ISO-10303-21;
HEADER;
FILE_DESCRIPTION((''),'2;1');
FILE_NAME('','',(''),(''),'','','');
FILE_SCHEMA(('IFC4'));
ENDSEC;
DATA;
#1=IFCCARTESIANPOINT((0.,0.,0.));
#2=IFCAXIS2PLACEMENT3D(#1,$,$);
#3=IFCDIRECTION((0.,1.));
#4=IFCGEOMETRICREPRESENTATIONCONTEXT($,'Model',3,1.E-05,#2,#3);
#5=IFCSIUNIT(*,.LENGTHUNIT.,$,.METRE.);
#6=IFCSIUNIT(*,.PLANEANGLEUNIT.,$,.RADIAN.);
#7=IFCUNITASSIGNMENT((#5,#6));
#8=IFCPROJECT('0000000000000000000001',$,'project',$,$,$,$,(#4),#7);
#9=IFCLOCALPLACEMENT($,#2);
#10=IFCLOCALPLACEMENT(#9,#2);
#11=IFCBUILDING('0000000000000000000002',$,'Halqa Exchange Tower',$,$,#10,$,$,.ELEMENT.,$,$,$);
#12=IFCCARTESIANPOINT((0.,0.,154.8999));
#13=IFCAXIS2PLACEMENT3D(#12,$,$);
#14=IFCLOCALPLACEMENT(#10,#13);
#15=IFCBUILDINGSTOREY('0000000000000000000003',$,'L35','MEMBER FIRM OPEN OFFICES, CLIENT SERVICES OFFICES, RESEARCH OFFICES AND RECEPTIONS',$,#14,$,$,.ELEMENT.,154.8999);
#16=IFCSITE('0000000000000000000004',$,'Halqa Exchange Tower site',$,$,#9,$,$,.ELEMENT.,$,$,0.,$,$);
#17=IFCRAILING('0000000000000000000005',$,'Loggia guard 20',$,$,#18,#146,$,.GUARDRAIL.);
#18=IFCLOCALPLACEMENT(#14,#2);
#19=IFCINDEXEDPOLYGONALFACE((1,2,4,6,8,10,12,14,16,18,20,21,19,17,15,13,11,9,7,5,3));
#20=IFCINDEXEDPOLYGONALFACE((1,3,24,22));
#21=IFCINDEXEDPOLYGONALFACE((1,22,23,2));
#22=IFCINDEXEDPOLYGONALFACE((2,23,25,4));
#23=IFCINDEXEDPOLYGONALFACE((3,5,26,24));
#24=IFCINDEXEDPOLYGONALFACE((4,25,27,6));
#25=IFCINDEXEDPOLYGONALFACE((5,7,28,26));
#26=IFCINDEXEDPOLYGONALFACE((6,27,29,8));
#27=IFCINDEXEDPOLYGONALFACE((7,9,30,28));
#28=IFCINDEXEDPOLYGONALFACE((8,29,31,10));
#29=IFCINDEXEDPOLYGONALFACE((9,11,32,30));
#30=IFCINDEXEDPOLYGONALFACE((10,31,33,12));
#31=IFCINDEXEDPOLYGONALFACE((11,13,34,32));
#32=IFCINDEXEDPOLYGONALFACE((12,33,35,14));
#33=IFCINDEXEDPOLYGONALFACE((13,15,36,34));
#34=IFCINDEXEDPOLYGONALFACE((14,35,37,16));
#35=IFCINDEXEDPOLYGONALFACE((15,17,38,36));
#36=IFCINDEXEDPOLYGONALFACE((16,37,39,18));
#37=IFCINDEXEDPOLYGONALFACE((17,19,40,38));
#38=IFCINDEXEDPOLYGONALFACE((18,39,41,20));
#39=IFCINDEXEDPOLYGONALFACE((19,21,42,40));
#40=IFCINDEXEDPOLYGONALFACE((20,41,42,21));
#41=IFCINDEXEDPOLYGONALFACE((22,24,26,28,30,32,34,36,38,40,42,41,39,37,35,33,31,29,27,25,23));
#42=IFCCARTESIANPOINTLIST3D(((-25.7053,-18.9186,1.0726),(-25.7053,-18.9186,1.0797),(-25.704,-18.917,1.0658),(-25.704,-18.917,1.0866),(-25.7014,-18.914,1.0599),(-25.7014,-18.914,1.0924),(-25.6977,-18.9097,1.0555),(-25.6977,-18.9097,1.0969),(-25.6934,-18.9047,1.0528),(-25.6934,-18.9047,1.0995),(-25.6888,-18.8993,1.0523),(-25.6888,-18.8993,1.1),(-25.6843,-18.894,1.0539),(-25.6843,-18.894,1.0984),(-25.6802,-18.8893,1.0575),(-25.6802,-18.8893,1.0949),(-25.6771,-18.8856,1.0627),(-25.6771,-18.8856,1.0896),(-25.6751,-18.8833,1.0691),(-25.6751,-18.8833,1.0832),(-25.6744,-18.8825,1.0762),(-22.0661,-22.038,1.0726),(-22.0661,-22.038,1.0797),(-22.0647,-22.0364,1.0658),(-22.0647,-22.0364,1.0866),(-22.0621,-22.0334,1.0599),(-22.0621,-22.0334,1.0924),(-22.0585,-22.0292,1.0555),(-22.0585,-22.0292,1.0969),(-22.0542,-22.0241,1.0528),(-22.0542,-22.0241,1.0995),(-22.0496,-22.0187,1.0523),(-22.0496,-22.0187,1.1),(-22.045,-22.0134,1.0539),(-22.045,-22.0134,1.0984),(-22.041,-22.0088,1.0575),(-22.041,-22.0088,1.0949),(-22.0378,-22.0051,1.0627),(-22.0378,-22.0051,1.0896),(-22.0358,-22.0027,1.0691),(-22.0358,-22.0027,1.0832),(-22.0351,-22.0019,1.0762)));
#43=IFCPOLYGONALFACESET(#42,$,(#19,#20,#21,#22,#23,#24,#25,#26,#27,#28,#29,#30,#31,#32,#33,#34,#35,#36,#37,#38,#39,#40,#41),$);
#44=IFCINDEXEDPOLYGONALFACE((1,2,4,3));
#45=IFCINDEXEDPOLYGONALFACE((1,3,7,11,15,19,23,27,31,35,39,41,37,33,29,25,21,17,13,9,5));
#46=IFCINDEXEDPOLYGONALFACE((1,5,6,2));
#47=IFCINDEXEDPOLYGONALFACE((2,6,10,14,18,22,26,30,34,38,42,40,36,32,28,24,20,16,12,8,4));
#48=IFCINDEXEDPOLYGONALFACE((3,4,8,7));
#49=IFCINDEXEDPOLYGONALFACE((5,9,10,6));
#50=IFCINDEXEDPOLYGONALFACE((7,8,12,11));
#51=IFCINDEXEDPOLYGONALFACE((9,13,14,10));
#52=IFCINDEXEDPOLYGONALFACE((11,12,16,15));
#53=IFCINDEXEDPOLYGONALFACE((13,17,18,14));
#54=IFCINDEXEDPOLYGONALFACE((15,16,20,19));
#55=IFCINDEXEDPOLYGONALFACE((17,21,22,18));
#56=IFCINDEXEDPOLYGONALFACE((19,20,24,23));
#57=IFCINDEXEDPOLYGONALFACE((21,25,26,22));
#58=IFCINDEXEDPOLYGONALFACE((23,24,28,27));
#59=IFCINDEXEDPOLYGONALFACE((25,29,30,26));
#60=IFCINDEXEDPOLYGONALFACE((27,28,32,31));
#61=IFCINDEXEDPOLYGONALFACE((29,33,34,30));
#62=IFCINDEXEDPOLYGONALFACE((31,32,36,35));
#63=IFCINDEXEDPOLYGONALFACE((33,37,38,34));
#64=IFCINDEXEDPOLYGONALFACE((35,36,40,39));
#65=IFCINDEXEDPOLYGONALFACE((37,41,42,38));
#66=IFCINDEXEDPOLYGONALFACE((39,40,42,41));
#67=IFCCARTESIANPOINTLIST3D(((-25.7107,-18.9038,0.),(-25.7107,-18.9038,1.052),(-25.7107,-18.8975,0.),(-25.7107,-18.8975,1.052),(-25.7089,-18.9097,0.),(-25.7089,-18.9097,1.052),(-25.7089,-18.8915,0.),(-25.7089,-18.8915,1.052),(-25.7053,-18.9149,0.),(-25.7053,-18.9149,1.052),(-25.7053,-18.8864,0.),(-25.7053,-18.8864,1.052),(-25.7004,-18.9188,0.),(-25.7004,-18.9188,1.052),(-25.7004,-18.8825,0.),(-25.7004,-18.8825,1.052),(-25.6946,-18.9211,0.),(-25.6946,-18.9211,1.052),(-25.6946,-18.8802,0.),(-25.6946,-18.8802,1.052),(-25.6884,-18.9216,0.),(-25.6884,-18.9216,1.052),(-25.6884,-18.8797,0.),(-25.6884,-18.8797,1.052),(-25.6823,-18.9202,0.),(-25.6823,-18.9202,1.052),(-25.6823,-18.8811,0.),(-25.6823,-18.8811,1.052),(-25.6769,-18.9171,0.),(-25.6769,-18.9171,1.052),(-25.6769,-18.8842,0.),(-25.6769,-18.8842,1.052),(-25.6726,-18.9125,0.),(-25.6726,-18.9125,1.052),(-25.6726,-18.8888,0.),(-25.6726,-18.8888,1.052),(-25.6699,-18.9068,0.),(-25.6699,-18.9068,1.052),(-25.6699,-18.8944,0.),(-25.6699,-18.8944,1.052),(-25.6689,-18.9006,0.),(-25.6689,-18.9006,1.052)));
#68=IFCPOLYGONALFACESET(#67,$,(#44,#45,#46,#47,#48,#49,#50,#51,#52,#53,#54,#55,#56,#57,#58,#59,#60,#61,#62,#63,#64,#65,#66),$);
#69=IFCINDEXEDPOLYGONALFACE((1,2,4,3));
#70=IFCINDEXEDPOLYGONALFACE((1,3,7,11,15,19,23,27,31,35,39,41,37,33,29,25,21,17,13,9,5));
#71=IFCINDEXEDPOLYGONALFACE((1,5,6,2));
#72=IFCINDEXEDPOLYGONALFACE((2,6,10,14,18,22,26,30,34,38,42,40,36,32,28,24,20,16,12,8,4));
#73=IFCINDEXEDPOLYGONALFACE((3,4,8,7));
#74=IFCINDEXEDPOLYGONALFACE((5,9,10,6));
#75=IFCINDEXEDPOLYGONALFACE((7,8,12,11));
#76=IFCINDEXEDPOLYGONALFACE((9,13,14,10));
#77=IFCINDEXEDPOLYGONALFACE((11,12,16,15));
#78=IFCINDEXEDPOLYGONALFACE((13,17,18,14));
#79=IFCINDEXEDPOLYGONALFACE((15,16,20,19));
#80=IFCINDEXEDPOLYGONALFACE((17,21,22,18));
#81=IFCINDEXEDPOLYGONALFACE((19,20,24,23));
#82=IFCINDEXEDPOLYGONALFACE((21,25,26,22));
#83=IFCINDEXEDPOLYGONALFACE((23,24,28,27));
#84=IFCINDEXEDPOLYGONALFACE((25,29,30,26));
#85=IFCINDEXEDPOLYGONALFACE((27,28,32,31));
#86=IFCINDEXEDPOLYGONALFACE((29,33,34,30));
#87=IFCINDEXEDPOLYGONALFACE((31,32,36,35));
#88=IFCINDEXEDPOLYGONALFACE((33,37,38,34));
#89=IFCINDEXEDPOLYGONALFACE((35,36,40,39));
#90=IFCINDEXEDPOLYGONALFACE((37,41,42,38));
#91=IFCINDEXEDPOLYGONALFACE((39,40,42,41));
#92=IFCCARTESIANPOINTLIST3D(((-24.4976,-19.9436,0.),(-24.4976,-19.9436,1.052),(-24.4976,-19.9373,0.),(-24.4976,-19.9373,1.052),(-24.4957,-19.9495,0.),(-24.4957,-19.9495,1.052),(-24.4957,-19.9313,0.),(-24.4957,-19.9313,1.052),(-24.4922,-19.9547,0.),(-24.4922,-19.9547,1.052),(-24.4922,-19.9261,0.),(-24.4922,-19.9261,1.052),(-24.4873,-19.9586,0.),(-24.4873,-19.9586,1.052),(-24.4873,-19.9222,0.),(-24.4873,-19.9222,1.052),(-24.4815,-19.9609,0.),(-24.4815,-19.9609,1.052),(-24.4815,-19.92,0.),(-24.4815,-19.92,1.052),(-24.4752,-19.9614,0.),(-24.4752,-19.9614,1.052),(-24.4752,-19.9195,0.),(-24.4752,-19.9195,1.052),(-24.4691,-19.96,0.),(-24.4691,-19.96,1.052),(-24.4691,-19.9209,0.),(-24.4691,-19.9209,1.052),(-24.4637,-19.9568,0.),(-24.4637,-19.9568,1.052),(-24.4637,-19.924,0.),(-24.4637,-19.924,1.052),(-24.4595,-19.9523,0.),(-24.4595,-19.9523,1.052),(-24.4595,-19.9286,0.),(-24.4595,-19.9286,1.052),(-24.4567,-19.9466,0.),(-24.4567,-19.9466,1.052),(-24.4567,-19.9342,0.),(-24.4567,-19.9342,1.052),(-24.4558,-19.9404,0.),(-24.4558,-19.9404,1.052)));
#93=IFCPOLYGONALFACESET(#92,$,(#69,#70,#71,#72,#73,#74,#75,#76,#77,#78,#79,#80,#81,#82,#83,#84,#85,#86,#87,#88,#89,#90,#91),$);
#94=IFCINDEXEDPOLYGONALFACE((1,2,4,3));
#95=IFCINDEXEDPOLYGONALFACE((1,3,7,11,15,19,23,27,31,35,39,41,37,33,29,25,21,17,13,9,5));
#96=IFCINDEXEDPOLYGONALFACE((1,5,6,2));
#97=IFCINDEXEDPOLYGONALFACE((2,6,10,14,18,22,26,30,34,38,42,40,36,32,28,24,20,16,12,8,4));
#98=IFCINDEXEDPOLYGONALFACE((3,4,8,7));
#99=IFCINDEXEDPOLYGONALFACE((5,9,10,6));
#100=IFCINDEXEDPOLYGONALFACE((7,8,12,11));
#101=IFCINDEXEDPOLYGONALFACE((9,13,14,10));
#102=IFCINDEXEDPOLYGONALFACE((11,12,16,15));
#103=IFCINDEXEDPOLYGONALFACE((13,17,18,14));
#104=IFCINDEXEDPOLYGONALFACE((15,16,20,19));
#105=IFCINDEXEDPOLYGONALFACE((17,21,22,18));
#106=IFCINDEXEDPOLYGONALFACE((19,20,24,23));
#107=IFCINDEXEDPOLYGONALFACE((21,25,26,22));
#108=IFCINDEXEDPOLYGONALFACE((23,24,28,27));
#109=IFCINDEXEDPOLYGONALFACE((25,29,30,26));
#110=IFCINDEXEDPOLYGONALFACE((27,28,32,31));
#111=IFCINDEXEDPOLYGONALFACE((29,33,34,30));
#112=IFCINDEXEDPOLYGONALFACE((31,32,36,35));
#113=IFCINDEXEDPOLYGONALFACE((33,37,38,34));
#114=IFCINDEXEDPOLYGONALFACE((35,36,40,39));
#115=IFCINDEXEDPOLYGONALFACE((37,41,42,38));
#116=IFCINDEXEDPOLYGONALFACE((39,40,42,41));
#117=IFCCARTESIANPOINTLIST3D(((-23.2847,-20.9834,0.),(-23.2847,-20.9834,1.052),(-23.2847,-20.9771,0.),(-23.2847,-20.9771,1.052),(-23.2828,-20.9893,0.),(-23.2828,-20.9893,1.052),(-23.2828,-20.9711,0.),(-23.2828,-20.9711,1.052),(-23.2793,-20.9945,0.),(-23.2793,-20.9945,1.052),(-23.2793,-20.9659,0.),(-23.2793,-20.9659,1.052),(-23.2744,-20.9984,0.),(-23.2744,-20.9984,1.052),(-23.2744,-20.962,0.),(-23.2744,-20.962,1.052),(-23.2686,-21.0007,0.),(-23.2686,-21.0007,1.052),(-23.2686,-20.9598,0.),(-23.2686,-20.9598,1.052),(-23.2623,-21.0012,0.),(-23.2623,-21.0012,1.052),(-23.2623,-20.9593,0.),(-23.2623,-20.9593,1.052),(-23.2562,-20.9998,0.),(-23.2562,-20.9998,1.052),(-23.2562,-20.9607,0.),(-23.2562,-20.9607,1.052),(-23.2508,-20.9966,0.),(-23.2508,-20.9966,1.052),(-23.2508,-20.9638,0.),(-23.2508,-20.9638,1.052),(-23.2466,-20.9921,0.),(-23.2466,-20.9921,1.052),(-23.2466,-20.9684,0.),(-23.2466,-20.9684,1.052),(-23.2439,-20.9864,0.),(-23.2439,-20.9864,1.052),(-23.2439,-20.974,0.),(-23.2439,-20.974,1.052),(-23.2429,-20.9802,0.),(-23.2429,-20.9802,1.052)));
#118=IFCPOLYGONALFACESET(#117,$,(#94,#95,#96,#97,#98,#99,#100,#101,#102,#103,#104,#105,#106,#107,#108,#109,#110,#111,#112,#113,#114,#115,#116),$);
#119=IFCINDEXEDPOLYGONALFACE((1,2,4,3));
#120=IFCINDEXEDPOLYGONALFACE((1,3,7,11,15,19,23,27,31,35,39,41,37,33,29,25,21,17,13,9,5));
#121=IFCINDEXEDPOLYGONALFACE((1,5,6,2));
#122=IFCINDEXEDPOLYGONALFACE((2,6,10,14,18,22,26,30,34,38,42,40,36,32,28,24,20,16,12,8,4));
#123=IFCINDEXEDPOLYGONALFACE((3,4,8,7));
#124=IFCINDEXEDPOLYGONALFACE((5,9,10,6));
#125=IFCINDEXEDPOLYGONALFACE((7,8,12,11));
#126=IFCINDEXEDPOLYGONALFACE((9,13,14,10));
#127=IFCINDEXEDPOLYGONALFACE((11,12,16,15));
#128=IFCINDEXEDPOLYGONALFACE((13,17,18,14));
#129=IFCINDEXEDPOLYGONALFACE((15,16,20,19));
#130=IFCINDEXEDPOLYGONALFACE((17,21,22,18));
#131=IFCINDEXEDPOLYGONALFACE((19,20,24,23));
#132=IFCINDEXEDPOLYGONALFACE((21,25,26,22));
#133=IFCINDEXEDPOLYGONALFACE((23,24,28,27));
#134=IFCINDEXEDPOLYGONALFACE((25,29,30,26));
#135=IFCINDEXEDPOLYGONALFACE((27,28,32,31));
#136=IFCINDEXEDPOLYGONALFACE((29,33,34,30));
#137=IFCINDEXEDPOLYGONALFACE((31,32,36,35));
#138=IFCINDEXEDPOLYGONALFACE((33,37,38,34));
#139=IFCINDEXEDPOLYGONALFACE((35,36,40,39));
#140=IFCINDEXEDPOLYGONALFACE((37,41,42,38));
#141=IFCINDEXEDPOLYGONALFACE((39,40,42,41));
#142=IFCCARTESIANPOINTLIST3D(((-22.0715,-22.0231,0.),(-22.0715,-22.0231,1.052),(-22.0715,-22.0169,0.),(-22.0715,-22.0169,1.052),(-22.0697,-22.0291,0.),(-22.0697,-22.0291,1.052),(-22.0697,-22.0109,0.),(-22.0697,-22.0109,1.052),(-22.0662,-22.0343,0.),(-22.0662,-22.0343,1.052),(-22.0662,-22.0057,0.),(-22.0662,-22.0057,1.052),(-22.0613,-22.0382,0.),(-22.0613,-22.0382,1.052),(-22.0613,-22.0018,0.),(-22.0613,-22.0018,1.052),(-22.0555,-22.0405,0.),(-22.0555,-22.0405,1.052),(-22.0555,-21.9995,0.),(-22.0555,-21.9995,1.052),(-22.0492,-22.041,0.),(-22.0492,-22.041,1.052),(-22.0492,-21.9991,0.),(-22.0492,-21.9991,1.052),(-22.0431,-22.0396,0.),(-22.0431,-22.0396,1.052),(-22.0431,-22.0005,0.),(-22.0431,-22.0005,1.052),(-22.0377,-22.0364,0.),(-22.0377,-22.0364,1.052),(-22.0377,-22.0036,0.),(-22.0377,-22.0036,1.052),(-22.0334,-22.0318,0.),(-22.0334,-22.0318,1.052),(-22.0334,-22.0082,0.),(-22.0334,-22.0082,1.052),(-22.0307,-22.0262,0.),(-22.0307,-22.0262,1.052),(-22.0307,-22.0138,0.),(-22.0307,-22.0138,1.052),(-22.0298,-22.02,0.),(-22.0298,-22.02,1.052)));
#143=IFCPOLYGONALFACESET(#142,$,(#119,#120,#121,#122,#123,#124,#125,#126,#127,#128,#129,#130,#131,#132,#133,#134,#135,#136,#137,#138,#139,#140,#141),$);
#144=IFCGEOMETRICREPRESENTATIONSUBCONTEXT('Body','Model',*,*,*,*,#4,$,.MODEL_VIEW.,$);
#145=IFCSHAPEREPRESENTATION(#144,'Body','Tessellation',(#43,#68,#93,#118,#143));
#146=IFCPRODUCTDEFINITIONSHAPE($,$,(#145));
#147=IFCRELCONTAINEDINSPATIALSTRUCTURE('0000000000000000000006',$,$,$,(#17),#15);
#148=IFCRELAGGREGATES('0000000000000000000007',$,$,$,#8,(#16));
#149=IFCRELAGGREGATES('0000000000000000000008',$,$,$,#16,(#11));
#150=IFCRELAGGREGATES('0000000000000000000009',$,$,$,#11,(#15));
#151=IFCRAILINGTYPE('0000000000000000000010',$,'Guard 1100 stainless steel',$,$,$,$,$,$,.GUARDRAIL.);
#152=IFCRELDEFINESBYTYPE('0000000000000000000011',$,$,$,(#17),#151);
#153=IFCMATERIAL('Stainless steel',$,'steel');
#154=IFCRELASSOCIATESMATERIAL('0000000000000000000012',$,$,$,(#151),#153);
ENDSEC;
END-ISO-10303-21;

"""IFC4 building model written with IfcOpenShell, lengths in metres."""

from ifc_helpers import new_model, si_unit, direction, frame, origin, origin_2d, place, context, subcontext, project, spatial, circle, extrude, material, type_object, element, save


model = new_model("IFC4")

# Units and contexts
model_context = context("Model", 3, precision=1e-05, world=origin(), true_north=direction((0.0, 1.0)))
body_context = subcontext(model_context, "Body", "Model", "MODEL_VIEW")
ifc_project = project(units=[si_unit("LENGTHUNIT", "METRE"), si_unit("PLANEANGLEUNIT", "RADIAN")], contexts=[model_context])

# Site, building, storey
site_placement = place(None, origin())
site = spatial("IfcSite", under=ifc_project, at=site_placement, Name="Halqa Exchange Tower site", CompositionType="ELEMENT", RefElevation=0.0)
building_placement = place(site_placement, origin())
building = spatial("IfcBuilding", under=site, at=building_placement, Name="Halqa Exchange Tower", CompositionType="ELEMENT")
storey_placement = place(building_placement, frame((0.0, 0.0, 154.8999)))
storey = spatial("IfcBuildingStorey", under=building, at=storey_placement, Name="L35", Description="MEMBER FIRM OPEN OFFICES, CLIENT SERVICES OFFICES, RESEARCH OFFICES AND RECEPTIONS", CompositionType="ELEMENT", Elevation=154.8999)

# Railing
ifc_material_1 = material(Name="Stainless steel", Category="steel")
railing_type = type_object("IfcRailingType", Name="Guard 1100 stainless steel", PredefinedType="GUARDRAIL", material=ifc_material_1)
railing_1_placement = place(storey_placement, frame((-25.6899, -18.9006, 0.0)))
element("IfcRailing", 1, at=railing_1_placement, inside=storey, type_object=railing_type, Name="Loggia guard 20", PredefinedType="GUARDRAIL", context=body_context, shape_type="SweptSolid", body=[
    extrude(circle(Radius=0.0239, at=origin_2d()), frame((0.0, 0.0, 1.0762), z_axis=(0.759246, -0.650804, 0.0), x_axis=(0.650804, 0.759246, 0.0)), (0.0, 0.0, 1.0), 4.7932),
    extrude(circle(Radius=0.021, at=origin_2d()), origin(), (0.0, 0.0, 1.0), 1.052),
    extrude(circle(Radius=0.021, at=origin_2d()), frame((1.2131, -1.0398, 0.0)), (0.0, 0.0, 1.0), 1.052),
    extrude(circle(Radius=0.021, at=origin_2d()), frame((2.426, -2.0796, 0.0)), (0.0, 0.0, 1.0), 1.052),
    extrude(circle(Radius=0.021, at=origin_2d()), frame((3.6392, -3.1194, 0.0)), (0.0, 0.0, 1.0), 1.052),
])

save(model, "model.ifc")
